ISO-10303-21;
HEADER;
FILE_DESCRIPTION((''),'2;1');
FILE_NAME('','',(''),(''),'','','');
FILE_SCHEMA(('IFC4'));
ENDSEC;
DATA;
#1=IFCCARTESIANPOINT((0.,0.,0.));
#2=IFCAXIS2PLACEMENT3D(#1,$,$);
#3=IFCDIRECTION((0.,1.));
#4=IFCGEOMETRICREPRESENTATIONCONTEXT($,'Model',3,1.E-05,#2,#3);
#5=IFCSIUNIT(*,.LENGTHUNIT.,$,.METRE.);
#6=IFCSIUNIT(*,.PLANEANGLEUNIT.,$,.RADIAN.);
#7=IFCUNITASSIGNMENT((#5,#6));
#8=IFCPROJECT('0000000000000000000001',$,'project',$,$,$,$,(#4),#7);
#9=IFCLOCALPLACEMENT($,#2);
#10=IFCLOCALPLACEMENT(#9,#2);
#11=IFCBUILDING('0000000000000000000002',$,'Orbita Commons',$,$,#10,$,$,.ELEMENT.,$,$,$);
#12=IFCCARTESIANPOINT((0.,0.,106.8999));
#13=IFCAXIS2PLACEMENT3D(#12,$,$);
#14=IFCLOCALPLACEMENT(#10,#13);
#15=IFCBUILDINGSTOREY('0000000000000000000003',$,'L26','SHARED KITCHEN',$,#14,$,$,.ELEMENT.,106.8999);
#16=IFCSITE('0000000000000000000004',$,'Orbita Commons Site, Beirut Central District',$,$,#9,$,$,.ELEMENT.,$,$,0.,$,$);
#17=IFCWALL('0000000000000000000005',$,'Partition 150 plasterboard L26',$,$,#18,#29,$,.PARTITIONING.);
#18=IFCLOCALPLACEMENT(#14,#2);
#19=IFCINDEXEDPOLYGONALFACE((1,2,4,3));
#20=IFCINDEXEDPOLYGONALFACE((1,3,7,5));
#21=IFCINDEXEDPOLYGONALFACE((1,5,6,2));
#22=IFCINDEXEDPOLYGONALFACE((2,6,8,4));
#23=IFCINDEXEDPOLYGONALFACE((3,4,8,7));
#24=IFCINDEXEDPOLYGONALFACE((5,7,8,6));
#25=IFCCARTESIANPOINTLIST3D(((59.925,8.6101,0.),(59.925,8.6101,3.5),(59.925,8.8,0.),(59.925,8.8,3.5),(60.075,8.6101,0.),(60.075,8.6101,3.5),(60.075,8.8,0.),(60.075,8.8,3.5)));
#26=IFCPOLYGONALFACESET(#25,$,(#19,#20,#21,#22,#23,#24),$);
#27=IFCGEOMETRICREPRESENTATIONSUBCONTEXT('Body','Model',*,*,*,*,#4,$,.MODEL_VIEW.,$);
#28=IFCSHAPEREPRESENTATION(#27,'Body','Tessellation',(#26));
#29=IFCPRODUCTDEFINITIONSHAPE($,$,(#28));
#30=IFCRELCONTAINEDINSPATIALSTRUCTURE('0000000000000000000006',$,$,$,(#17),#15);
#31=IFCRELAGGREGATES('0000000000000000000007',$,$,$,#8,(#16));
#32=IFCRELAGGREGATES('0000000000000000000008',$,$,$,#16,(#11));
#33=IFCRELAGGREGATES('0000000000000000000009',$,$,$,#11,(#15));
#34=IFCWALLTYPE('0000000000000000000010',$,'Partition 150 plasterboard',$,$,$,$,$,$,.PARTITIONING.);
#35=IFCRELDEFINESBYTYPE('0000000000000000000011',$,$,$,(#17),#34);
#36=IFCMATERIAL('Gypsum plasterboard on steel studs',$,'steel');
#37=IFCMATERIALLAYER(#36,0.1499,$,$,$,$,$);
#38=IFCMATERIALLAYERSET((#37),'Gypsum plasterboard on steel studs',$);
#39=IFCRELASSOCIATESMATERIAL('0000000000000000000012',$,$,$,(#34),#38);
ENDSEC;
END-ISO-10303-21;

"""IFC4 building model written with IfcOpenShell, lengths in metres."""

from ifc_helpers import new_model, si_unit, direction, frame, frame_2d, origin, place, context, subcontext, project, spatial, rectangle, extrude, material, layer, layer_set, type_object, element, save


model = new_model("IFC4")

# Units and contexts
model_context = context("Model", 3, precision=1e-05, world=origin(), true_north=direction((0.0, 1.0)))
body_context = subcontext(model_context, "Body", "Model", "MODEL_VIEW")
ifc_project = project(units=[si_unit("LENGTHUNIT", "METRE"), si_unit("PLANEANGLEUNIT", "RADIAN")], contexts=[model_context])

# Site, building, storey
site_placement = place(None, origin())
site = spatial("IfcSite", under=ifc_project, at=site_placement, Name="Orbita Commons Site, Beirut Central District", CompositionType="ELEMENT", RefElevation=0.0)
building_placement = place(site_placement, origin())
building = spatial("IfcBuilding", under=site, at=building_placement, Name="Orbita Commons", CompositionType="ELEMENT")
storey_placement = place(building_placement, frame((0.0, 0.0, 106.8999)))
storey = spatial("IfcBuildingStorey", under=building, at=storey_placement, Name="L26", Description="SHARED KITCHEN", CompositionType="ELEMENT", Elevation=106.8999)

# Wall
ifc_material_1 = material(Name="Gypsum plasterboard on steel studs", Category="steel")
ifc_layer_1 = layer(ifc_material_1, 0.1499)
ifc_layer_set_1 = layer_set([ifc_layer_1], Name="Gypsum plasterboard on steel studs")
wall_type_1 = type_object("IfcWallType", Name="Partition 150 plasterboard", PredefinedType="PARTITIONING", material=ifc_layer_set_1)
wall_1_placement = place(storey_placement, frame((60.0, 8.8, 0.0), z_axis=(0.0, 0.0, 1.0), x_axis=(0.0, -1.0, 0.0)))
element("IfcWall", 1, at=wall_1_placement, inside=storey, type_object=wall_type_1, Name="Partition 150 plasterboard L26", PredefinedType="PARTITIONING", context=body_context, shape_type="SweptSolid", body=[
    extrude(rectangle(XDim=0.1899, YDim=0.1499, at=frame_2d((0.095, 0.0))), origin(), (0.0, 0.0, 1.0), 3.5),
])

save(model, "model.ifc")
